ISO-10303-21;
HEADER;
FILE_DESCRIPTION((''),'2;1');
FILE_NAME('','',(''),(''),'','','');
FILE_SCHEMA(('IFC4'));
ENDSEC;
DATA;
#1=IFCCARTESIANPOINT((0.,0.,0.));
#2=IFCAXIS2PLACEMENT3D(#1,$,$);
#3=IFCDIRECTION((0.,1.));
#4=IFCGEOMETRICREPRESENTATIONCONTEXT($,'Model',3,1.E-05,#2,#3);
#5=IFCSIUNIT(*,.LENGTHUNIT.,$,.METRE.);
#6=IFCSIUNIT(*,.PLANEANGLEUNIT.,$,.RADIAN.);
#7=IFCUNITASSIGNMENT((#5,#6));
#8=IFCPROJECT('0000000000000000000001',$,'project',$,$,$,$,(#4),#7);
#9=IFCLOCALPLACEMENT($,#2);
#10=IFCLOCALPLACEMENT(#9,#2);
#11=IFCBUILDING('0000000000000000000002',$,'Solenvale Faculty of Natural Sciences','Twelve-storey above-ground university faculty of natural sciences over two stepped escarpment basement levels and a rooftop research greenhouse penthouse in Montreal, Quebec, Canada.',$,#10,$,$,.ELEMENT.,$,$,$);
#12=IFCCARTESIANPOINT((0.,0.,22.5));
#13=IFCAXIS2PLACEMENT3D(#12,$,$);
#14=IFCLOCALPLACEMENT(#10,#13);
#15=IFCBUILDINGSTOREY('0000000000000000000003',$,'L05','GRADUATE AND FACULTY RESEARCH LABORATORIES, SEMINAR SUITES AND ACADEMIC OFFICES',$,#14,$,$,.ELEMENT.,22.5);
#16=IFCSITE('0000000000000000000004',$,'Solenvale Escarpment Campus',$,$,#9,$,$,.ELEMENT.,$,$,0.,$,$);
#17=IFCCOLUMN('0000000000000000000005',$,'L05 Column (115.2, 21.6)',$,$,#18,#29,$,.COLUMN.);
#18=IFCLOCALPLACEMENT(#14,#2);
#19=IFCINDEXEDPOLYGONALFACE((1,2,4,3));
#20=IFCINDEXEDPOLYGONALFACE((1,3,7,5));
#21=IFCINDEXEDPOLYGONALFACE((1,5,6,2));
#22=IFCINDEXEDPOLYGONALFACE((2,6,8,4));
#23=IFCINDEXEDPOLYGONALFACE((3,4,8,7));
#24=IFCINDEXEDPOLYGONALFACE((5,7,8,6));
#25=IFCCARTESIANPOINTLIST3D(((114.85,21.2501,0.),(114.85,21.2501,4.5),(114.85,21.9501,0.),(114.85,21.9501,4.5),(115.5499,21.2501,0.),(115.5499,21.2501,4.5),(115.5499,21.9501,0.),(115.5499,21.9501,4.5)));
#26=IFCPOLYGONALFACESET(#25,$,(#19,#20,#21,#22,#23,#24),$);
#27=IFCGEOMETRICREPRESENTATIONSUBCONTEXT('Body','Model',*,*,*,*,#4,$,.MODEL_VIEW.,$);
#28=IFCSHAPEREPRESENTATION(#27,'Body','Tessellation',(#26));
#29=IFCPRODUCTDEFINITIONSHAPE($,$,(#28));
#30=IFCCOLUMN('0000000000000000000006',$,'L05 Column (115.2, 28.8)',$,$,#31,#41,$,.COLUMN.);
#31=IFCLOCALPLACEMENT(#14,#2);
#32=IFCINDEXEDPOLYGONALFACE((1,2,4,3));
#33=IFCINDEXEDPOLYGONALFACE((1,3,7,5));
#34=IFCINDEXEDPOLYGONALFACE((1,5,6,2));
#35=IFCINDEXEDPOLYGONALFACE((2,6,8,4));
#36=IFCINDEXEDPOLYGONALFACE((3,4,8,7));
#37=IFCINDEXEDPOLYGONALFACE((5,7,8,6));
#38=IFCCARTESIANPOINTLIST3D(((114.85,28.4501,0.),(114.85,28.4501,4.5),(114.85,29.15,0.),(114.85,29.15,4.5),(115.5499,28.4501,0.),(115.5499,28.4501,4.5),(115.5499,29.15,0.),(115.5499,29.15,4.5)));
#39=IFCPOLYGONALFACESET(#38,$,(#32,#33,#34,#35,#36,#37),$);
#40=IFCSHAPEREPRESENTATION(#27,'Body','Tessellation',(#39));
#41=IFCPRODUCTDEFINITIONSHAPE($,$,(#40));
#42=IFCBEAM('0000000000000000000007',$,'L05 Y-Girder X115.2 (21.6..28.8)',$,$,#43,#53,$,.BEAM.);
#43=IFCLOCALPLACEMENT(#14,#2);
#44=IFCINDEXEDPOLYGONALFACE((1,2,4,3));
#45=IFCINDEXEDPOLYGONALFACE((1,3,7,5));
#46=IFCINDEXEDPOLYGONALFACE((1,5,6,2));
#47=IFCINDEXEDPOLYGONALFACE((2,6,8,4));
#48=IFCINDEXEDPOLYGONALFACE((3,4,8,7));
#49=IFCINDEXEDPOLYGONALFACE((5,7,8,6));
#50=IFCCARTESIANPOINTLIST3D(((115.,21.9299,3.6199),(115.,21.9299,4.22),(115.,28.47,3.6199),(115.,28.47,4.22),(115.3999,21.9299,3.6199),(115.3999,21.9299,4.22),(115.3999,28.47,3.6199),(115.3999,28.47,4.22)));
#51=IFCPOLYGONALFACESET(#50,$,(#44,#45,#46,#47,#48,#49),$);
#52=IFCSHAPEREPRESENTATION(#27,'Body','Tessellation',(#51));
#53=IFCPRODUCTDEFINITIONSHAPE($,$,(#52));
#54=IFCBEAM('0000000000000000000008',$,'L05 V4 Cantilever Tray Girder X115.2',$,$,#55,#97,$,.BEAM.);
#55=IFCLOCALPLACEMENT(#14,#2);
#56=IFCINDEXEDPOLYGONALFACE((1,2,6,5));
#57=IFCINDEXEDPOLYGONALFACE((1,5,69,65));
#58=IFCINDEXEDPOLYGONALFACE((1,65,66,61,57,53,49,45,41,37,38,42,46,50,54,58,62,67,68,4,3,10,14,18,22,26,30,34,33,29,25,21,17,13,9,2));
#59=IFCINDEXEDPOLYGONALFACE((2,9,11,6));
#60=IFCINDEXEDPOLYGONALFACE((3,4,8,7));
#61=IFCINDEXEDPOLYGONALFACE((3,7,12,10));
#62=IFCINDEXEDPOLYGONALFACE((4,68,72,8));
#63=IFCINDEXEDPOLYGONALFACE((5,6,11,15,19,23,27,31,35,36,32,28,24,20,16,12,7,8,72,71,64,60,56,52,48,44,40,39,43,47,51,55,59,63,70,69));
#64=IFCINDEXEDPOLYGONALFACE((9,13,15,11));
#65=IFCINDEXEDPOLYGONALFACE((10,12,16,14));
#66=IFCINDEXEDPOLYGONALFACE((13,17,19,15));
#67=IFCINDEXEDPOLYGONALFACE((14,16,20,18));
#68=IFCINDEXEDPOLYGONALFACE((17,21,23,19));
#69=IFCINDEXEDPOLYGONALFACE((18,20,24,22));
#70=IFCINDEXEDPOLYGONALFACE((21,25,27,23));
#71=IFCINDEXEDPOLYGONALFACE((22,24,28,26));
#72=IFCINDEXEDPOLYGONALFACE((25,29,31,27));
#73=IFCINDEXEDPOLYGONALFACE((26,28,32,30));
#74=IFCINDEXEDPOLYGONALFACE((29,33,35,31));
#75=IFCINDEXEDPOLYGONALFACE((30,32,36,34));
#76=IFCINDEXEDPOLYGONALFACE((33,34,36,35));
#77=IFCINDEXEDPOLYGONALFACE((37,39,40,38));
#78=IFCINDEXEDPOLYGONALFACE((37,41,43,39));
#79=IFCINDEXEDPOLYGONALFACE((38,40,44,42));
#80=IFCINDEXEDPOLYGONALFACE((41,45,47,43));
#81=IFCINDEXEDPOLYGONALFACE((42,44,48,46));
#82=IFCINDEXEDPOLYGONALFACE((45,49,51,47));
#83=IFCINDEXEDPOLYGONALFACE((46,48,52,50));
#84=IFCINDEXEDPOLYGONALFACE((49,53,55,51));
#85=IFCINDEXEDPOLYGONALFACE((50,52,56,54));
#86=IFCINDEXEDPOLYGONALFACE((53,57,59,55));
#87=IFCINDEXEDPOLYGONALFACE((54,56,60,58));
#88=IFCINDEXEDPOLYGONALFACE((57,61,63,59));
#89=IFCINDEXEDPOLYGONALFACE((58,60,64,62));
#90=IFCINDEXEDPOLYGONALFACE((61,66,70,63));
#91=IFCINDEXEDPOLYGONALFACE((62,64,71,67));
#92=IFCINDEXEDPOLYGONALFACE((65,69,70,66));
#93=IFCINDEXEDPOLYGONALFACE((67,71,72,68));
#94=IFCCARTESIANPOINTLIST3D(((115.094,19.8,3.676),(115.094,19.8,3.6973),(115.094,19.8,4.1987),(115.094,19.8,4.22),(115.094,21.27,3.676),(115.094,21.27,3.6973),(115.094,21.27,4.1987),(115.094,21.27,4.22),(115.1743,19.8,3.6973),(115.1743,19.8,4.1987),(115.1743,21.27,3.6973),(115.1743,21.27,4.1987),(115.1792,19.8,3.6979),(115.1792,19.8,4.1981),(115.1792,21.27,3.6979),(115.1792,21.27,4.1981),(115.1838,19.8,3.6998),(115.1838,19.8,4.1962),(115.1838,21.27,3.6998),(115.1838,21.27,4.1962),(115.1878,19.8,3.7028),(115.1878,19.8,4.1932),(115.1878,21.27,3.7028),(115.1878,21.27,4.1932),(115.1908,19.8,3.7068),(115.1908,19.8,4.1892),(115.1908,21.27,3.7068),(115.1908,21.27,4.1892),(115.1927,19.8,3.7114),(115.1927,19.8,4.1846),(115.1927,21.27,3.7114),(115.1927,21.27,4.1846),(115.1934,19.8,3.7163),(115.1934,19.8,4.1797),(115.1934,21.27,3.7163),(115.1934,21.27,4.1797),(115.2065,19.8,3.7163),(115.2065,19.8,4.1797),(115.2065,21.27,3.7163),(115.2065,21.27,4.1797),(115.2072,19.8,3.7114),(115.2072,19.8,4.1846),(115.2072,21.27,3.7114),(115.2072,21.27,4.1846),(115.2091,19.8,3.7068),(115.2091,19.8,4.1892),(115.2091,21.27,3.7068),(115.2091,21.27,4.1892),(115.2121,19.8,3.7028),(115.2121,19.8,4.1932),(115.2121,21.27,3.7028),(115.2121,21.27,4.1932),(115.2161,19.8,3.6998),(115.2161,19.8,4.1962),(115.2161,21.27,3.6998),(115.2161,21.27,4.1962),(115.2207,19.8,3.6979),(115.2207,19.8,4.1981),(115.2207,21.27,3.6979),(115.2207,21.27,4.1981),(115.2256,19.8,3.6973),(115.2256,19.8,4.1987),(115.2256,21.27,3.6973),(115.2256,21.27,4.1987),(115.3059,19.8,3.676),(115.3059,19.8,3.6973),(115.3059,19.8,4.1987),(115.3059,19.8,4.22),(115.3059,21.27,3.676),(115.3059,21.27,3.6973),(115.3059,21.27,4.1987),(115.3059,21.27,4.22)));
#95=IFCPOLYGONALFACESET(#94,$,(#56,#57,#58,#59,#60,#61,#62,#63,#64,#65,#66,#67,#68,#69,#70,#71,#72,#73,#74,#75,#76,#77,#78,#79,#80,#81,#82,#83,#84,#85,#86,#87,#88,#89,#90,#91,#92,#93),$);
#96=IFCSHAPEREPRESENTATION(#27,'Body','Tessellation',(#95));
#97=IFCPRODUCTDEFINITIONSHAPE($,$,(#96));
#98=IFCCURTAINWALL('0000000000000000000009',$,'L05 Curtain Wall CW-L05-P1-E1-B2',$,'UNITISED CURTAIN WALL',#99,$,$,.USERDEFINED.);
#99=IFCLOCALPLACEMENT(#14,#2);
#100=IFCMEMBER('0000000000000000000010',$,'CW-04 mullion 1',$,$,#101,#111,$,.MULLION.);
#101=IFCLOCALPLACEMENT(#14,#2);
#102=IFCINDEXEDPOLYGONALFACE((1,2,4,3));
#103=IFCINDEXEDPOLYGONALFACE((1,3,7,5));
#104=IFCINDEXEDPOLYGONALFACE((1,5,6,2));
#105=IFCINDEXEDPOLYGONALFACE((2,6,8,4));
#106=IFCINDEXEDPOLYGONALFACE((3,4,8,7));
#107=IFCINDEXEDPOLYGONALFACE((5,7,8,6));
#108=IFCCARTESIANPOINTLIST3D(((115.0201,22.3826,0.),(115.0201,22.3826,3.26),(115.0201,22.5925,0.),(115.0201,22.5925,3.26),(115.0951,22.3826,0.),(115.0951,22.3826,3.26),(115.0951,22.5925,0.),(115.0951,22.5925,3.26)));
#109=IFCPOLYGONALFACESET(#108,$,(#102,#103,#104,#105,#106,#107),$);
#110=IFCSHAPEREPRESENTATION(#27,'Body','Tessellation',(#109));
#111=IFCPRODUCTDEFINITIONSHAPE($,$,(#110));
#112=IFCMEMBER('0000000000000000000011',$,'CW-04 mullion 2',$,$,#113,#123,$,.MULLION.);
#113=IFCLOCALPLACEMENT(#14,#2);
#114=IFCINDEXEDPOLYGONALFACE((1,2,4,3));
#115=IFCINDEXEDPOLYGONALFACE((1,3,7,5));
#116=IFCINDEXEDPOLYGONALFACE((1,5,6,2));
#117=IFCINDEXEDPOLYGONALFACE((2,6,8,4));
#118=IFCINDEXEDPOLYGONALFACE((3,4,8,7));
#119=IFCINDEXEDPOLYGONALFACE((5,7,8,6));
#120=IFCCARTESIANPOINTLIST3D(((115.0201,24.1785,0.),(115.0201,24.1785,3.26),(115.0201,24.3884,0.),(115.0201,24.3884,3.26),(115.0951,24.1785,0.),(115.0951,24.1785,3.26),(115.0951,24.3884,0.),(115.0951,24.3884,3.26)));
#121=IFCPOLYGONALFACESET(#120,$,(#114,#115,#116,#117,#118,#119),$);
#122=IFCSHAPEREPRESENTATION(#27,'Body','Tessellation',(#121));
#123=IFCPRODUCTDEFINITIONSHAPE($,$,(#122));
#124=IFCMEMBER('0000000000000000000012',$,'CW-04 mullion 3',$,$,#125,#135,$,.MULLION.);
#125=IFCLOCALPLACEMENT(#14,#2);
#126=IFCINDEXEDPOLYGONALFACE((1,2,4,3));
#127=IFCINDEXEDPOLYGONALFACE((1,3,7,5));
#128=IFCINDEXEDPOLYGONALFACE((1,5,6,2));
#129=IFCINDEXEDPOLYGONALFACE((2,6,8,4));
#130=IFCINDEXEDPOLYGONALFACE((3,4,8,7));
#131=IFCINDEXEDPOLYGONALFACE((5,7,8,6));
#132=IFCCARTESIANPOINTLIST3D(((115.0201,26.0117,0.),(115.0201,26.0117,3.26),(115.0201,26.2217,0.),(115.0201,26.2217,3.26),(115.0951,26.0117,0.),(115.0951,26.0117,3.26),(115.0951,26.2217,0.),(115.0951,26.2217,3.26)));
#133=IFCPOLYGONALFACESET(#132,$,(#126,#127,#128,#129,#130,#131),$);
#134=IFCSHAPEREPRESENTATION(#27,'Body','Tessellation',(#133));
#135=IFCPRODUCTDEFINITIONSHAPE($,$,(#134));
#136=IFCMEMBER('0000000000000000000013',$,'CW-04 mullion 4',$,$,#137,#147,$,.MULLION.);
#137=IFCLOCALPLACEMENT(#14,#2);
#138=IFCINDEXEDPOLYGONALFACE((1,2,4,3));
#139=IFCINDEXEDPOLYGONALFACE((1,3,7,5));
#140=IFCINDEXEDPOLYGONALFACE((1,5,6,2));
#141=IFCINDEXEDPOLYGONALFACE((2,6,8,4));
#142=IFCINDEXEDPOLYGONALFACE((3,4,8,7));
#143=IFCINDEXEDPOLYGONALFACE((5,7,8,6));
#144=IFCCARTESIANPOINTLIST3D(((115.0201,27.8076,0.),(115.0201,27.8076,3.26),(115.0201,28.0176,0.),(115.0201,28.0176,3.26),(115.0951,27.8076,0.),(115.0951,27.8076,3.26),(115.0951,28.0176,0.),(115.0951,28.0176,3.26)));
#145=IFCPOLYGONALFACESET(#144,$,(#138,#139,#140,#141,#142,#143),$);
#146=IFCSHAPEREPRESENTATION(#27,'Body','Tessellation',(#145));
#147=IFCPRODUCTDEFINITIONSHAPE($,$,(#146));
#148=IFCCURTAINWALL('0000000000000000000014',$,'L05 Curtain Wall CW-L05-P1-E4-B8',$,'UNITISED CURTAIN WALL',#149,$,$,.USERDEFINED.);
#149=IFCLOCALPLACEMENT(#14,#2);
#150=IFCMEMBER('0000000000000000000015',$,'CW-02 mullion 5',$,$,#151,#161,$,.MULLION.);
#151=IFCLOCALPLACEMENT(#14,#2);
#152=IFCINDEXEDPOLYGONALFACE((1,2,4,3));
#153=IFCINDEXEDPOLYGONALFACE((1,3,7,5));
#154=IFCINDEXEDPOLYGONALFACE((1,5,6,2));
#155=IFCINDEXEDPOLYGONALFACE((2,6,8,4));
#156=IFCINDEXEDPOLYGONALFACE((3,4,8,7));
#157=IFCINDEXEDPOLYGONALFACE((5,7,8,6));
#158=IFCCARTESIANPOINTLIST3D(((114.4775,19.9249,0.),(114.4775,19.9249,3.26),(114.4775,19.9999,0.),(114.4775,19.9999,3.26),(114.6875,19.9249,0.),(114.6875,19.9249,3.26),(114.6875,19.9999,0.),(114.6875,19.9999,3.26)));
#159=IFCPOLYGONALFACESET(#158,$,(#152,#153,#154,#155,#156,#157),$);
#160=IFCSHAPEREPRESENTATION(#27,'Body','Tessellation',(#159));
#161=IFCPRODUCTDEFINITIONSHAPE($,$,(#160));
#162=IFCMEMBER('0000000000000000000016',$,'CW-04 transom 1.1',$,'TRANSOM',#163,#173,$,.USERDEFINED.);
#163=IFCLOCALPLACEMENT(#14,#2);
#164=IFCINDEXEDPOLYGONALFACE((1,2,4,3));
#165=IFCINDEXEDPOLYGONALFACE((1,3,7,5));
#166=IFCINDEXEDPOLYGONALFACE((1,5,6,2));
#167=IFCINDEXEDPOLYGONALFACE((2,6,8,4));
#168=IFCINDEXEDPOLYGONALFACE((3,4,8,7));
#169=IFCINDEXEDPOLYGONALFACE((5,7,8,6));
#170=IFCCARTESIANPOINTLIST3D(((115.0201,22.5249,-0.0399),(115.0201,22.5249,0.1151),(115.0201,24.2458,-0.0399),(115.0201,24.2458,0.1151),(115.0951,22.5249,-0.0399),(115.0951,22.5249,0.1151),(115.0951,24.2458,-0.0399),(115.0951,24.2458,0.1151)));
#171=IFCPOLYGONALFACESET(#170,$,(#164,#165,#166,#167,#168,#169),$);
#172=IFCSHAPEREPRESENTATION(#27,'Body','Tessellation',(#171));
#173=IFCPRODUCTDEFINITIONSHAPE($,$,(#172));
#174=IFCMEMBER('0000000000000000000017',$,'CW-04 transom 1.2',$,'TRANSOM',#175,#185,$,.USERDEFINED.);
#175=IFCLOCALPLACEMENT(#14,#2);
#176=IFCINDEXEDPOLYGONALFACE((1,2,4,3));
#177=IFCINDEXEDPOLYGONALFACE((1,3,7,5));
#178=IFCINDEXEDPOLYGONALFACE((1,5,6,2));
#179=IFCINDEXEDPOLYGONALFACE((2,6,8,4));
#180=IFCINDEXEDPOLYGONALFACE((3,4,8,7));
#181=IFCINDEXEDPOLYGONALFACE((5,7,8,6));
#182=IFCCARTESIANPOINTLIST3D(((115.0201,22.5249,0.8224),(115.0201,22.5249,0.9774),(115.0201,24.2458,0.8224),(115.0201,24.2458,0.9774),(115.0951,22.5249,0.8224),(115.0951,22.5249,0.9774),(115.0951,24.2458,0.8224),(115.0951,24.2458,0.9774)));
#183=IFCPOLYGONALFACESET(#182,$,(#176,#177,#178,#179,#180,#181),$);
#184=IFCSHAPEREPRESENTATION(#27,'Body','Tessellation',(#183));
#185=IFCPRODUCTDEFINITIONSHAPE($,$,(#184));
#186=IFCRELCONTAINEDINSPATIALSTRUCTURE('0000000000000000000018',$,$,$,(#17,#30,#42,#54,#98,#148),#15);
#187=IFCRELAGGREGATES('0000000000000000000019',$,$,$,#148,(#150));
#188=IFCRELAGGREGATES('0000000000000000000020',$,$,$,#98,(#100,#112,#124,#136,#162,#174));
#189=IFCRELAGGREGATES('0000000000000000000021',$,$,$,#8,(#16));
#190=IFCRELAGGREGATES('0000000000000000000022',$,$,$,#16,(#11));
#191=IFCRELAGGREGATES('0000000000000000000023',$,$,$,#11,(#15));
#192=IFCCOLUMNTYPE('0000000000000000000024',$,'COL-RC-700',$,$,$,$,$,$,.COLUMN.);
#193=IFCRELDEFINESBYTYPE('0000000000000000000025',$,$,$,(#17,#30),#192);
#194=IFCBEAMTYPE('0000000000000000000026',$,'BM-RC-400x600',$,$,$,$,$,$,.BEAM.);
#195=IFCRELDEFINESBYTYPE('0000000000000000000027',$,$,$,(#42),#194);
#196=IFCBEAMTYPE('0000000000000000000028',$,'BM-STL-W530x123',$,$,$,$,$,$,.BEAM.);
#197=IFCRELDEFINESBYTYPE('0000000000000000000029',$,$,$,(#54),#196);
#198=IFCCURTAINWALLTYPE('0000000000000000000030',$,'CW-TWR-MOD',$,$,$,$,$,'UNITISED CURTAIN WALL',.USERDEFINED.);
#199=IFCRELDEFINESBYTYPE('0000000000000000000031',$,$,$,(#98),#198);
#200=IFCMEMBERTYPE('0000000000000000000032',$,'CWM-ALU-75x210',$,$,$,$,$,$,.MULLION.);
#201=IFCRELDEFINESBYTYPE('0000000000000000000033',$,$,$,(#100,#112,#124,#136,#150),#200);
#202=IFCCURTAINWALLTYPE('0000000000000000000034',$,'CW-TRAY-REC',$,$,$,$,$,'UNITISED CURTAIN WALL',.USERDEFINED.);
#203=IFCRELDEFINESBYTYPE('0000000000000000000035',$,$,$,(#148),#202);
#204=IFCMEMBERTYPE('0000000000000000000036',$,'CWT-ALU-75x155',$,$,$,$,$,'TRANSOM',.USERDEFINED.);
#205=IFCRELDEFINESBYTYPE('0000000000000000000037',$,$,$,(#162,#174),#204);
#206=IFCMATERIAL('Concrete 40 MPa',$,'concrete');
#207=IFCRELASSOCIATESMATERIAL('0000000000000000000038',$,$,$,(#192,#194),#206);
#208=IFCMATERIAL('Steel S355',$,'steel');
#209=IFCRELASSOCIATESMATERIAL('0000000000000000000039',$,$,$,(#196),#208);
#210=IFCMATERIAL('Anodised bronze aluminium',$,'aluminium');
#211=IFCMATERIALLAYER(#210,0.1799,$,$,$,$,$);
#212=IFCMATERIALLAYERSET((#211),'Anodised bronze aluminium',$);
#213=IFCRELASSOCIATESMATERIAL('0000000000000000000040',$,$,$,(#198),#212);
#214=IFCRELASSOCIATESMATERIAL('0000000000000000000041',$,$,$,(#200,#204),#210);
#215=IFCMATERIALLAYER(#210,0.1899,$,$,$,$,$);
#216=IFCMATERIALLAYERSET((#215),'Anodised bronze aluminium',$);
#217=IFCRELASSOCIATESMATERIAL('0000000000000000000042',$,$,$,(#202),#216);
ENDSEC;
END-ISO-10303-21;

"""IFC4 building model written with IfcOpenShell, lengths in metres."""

from ifc_helpers import new_model, si_unit, direction, frame, origin, origin_2d, place, context, subcontext, project, spatial, rectangle, i_section, extrude, material, layer, layer_set, material_profile, profile_set, type_object, element, aggregate, save


model = new_model("IFC4")

# Units and contexts
model_context = context("Model", 3, precision=1e-05, world=origin(), true_north=direction((0.0, 1.0)))
body_context = subcontext(model_context, "Body", "Model", "MODEL_VIEW")
ifc_project = project(units=[si_unit("LENGTHUNIT", "METRE"), si_unit("PLANEANGLEUNIT", "RADIAN")], contexts=[model_context])

# Site, building, storey
site_placement = place(None, origin())
site = spatial("IfcSite", under=ifc_project, at=site_placement, Name="Solenvale Escarpment Campus", CompositionType="ELEMENT", RefElevation=0.0)
building_placement = place(site_placement, origin())
building = spatial("IfcBuilding", under=site, at=building_placement, Name="Solenvale Faculty of Natural Sciences", Description="Twelve-storey above-ground university faculty of natural sciences over two stepped escarpment basement levels and a rooftop research greenhouse penthouse in Montreal, Quebec, Canada.", CompositionType="ELEMENT")
storey_placement = place(building_placement, frame((0.0, 0.0, 22.5)))
storey = spatial("IfcBuildingStorey", under=building, at=storey_placement, Name="L05", Description="GRADUATE AND FACULTY RESEARCH LABORATORIES, SEMINAR SUITES AND ACADEMIC OFFICES", CompositionType="ELEMENT", Elevation=22.5)

# Columns
ifc_material_1 = material(Name="Concrete 40 MPa", Category="concrete")
ifc_material_profile_1 = material_profile(ifc_material_1, rectangle(XDim=0.7, YDim=0.7, at=origin_2d()), Name="RC-COL-700x700")
ifc_profile_set_1 = profile_set([ifc_material_profile_1], Name="Concrete 40 MPa")
column_type = type_object("IfcColumnType", Name="COL-RC-700", PredefinedType="COLUMN", material=ifc_profile_set_1)
for number, where, z_axis, x_axis, name in (
    (1, (115.2, 21.6001, 0.0), (0.0, 0.0, 1.0), (1.0, 0.0, 0.0), "L05 Column (115.2, 21.6)"),
    (2, (115.2, 28.8, 0.0), (0.0, 0.0, 1.0), (1.0, 0.0, 0.0), "L05 Column (115.2, 28.8)"),
):
    element("IfcColumn", number, at=place(storey_placement, frame(where, z_axis=z_axis, x_axis=x_axis)), inside=storey, type_object=column_type, Name=name, PredefinedType="COLUMN", context=body_context, shape_type="SweptSolid", body=[
        extrude(rectangle(XDim=0.7, YDim=0.7, at=origin_2d()), origin(), (0.0, 0.0, 1.0), 4.5),
    ])

# Beams
ifc_material_profile_2 = material_profile(ifc_material_1, rectangle(XDim=0.3999, YDim=0.6001, at=origin_2d()), Name="RC-BM-400x600")
ifc_profile_set_2 = profile_set([ifc_material_profile_2], Name="Concrete 40 MPa")
beam_type_1 = type_object("IfcBeamType", Name="BM-RC-400x600", PredefinedType="BEAM", material=ifc_profile_set_2)
beam_1_placement = place(storey_placement, frame((115.2, 21.9299, 3.9199), z_axis=(0.0, 1.0, 0.0), x_axis=(-1.0, 0.0, 0.0)))
element("IfcBeam", 3, at=beam_1_placement, inside=storey, type_object=beam_type_1, Name="L05 Y-Girder X115.2 (21.6..28.8)", PredefinedType="BEAM", context=body_context, shape_type="SweptSolid", body=[
    extrude(rectangle(XDim=0.3999, YDim=0.6001, at=origin_2d()), origin(), (0.0, 0.0, 1.0), 6.54),
])
ifc_material_2 = material(Name="Steel S355", Category="steel")
ifc_material_profile_3 = material_profile(ifc_material_2, i_section(OverallWidth=0.2119, OverallDepth=0.5439, WebThickness=0.0132, FlangeThickness=0.0212, FilletRadius=0.019, at=origin_2d()), Name="W530x123")
ifc_profile_set_3 = profile_set([ifc_material_profile_3], Name="Steel S355")
beam_type_2 = type_object("IfcBeamType", Name="BM-STL-W530x123", PredefinedType="BEAM", material=ifc_profile_set_3)
beam_2_placement = place(storey_placement, frame((115.2, 21.27, 3.948), z_axis=(0.0, -1.0, 0.0), x_axis=(1.0, 0.0, 0.0)))
element("IfcBeam", 4, at=beam_2_placement, inside=storey, type_object=beam_type_2, Name="L05 V4 Cantilever Tray Girder X115.2", PredefinedType="BEAM", context=body_context, shape_type="SweptSolid", body=[
    extrude(i_section(OverallWidth=0.2119, OverallDepth=0.5439, WebThickness=0.0132, FlangeThickness=0.0212, FilletRadius=0.019, at=origin_2d()), origin(), (0.0, 0.0, 1.0), 1.47),
])

# Curtain wall, members
ifc_material_3 = material(Name="Anodised bronze aluminium", Category="aluminium")
ifc_layer_1 = layer(ifc_material_3, 0.1799)
ifc_layer_set_1 = layer_set([ifc_layer_1], Name="Anodised bronze aluminium")
curtain_wall_type_1 = type_object("IfcCurtainWallType", Name="CW-TWR-MOD", ElementType="UNITISED CURTAIN WALL", PredefinedType="USERDEFINED", material=ifc_layer_set_1)
curtain_wall_1_placement = place(storey_placement, origin())
curtain_wall_1 = element("IfcCurtainWall", 5, at=curtain_wall_1_placement, inside=storey, type_object=curtain_wall_type_1, Name="L05 Curtain Wall CW-L05-P1-E1-B2", ObjectType="UNITISED CURTAIN WALL", PredefinedType="USERDEFINED")
ifc_material_profile_4 = material_profile(ifc_material_3, rectangle(XDim=0.075, YDim=0.21, at=origin_2d()), Name="ALU-MUL-75x210")
ifc_profile_set_4 = profile_set([ifc_material_profile_4], Name="Anodised bronze aluminium")
member_type_1 = type_object("IfcMemberType", Name="CWM-ALU-75x210", PredefinedType="MULLION", material=ifc_profile_set_4)
member_1_placement = place(storey_placement, frame((115.0576, 22.4875, 0.0), z_axis=(0.0, 0.0, 1.0), x_axis=(-1.0, 0.0, 0.0)))
member_1 = element("IfcMember", 6, at=member_1_placement, type_object=member_type_1, Name="CW-04 mullion 1", PredefinedType="MULLION", context=body_context, shape_type="SweptSolid", body=[
    extrude(rectangle(XDim=0.075, YDim=0.21, at=origin_2d()), origin(), (0.0, 0.0, 1.0), 3.26),
])
member_2_placement = place(storey_placement, frame((115.0576, 24.2834, 0.0), z_axis=(0.0, 0.0, 1.0), x_axis=(-1.0, 0.0, 0.0)))
member_2 = element("IfcMember", 7, at=member_2_placement, type_object=member_type_1, Name="CW-04 mullion 2", PredefinedType="MULLION", context=body_context, shape_type="SweptSolid", body=[
    extrude(rectangle(XDim=0.075, YDim=0.21, at=origin_2d()), origin(), (0.0, 0.0, 1.0), 3.26),
])
member_3_placement = place(storey_placement, frame((115.0576, 26.1167, 0.0), z_axis=(0.0, 0.0, 1.0), x_axis=(-1.0, 0.0, 0.0)))
member_3 = element("IfcMember", 8, at=member_3_placement, type_object=member_type_1, Name="CW-04 mullion 3", PredefinedType="MULLION", context=body_context, shape_type="SweptSolid", body=[
    extrude(rectangle(XDim=0.075, YDim=0.21, at=origin_2d()), origin(), (0.0, 0.0, 1.0), 3.26),
])
member_4_placement = place(storey_placement, frame((115.0576, 27.9126, 0.0), z_axis=(0.0, 0.0, 1.0), x_axis=(-1.0, 0.0, 0.0)))
member_4 = element("IfcMember", 9, at=member_4_placement, type_object=member_type_1, Name="CW-04 mullion 4", PredefinedType="MULLION", context=body_context, shape_type="SweptSolid", body=[
    extrude(rectangle(XDim=0.075, YDim=0.21, at=origin_2d()), origin(), (0.0, 0.0, 1.0), 3.26),
])

# Curtain wall, member
ifc_layer_2 = layer(ifc_material_3, 0.1899)
ifc_layer_set_2 = layer_set([ifc_layer_2], Name="Anodised bronze aluminium")
curtain_wall_type_2 = type_object("IfcCurtainWallType", Name="CW-TRAY-REC", ElementType="UNITISED CURTAIN WALL", PredefinedType="USERDEFINED", material=ifc_layer_set_2)
curtain_wall_2_placement = place(storey_placement, origin())
curtain_wall_2 = element("IfcCurtainWall", 10, at=curtain_wall_2_placement, inside=storey, type_object=curtain_wall_type_2, Name="L05 Curtain Wall CW-L05-P1-E4-B8", ObjectType="UNITISED CURTAIN WALL", PredefinedType="USERDEFINED")
member_5_placement = place(storey_placement, frame((114.5825, 19.9624, 0.0), z_axis=(0.0, 0.0, 1.0), x_axis=(0.0, 1.0, 0.0)))
member_5 = element("IfcMember", 11, at=member_5_placement, type_object=member_type_1, Name="CW-02 mullion 5", PredefinedType="MULLION", context=body_context, shape_type="SweptSolid", body=[
    extrude(rectangle(XDim=0.075, YDim=0.21, at=origin_2d()), origin(), (0.0, 0.0, 1.0), 3.26),
])
aggregate(curtain_wall_2, [member_5])

# Members
ifc_material_profile_5 = material_profile(ifc_material_3, rectangle(XDim=0.075, YDim=0.155, at=origin_2d()), Name="ALU-TRN-75x155")
ifc_profile_set_5 = profile_set([ifc_material_profile_5], Name="Anodised bronze aluminium")
member_type_2 = type_object("IfcMemberType", Name="CWT-ALU-75x155", ElementType="TRANSOM", PredefinedType="USERDEFINED", material=ifc_profile_set_5)
member_6_placement = place(storey_placement, frame((115.0576, 22.5249, 0.0376), z_axis=(0.0, 1.0, 0.0), x_axis=(-1.0, 0.0, 0.0)))
member_6 = element("IfcMember", 12, at=member_6_placement, type_object=member_type_2, Name="CW-04 transom 1.1", ObjectType="TRANSOM", PredefinedType="USERDEFINED", context=body_context, shape_type="SweptSolid", body=[
    extrude(rectangle(XDim=0.075, YDim=0.155, at=origin_2d()), origin(), (0.0, 0.0, 1.0), 1.7209),
])
member_7_placement = place(storey_placement, frame((115.0576, 22.5249, 0.8999), z_axis=(0.0, 1.0, 0.0), x_axis=(-1.0, 0.0, 0.0)))
member_7 = element("IfcMember", 13, at=member_7_placement, type_object=member_type_2, Name="CW-04 transom 1.2", ObjectType="TRANSOM", PredefinedType="USERDEFINED", context=body_context, shape_type="SweptSolid", body=[
    extrude(rectangle(XDim=0.075, YDim=0.155, at=origin_2d()), origin(), (0.0, 0.0, 1.0), 1.7209),
])

aggregate(curtain_wall_1, [member_1, member_2, member_3, member_4, member_6, member_7])

save(model, "model.ifc")
